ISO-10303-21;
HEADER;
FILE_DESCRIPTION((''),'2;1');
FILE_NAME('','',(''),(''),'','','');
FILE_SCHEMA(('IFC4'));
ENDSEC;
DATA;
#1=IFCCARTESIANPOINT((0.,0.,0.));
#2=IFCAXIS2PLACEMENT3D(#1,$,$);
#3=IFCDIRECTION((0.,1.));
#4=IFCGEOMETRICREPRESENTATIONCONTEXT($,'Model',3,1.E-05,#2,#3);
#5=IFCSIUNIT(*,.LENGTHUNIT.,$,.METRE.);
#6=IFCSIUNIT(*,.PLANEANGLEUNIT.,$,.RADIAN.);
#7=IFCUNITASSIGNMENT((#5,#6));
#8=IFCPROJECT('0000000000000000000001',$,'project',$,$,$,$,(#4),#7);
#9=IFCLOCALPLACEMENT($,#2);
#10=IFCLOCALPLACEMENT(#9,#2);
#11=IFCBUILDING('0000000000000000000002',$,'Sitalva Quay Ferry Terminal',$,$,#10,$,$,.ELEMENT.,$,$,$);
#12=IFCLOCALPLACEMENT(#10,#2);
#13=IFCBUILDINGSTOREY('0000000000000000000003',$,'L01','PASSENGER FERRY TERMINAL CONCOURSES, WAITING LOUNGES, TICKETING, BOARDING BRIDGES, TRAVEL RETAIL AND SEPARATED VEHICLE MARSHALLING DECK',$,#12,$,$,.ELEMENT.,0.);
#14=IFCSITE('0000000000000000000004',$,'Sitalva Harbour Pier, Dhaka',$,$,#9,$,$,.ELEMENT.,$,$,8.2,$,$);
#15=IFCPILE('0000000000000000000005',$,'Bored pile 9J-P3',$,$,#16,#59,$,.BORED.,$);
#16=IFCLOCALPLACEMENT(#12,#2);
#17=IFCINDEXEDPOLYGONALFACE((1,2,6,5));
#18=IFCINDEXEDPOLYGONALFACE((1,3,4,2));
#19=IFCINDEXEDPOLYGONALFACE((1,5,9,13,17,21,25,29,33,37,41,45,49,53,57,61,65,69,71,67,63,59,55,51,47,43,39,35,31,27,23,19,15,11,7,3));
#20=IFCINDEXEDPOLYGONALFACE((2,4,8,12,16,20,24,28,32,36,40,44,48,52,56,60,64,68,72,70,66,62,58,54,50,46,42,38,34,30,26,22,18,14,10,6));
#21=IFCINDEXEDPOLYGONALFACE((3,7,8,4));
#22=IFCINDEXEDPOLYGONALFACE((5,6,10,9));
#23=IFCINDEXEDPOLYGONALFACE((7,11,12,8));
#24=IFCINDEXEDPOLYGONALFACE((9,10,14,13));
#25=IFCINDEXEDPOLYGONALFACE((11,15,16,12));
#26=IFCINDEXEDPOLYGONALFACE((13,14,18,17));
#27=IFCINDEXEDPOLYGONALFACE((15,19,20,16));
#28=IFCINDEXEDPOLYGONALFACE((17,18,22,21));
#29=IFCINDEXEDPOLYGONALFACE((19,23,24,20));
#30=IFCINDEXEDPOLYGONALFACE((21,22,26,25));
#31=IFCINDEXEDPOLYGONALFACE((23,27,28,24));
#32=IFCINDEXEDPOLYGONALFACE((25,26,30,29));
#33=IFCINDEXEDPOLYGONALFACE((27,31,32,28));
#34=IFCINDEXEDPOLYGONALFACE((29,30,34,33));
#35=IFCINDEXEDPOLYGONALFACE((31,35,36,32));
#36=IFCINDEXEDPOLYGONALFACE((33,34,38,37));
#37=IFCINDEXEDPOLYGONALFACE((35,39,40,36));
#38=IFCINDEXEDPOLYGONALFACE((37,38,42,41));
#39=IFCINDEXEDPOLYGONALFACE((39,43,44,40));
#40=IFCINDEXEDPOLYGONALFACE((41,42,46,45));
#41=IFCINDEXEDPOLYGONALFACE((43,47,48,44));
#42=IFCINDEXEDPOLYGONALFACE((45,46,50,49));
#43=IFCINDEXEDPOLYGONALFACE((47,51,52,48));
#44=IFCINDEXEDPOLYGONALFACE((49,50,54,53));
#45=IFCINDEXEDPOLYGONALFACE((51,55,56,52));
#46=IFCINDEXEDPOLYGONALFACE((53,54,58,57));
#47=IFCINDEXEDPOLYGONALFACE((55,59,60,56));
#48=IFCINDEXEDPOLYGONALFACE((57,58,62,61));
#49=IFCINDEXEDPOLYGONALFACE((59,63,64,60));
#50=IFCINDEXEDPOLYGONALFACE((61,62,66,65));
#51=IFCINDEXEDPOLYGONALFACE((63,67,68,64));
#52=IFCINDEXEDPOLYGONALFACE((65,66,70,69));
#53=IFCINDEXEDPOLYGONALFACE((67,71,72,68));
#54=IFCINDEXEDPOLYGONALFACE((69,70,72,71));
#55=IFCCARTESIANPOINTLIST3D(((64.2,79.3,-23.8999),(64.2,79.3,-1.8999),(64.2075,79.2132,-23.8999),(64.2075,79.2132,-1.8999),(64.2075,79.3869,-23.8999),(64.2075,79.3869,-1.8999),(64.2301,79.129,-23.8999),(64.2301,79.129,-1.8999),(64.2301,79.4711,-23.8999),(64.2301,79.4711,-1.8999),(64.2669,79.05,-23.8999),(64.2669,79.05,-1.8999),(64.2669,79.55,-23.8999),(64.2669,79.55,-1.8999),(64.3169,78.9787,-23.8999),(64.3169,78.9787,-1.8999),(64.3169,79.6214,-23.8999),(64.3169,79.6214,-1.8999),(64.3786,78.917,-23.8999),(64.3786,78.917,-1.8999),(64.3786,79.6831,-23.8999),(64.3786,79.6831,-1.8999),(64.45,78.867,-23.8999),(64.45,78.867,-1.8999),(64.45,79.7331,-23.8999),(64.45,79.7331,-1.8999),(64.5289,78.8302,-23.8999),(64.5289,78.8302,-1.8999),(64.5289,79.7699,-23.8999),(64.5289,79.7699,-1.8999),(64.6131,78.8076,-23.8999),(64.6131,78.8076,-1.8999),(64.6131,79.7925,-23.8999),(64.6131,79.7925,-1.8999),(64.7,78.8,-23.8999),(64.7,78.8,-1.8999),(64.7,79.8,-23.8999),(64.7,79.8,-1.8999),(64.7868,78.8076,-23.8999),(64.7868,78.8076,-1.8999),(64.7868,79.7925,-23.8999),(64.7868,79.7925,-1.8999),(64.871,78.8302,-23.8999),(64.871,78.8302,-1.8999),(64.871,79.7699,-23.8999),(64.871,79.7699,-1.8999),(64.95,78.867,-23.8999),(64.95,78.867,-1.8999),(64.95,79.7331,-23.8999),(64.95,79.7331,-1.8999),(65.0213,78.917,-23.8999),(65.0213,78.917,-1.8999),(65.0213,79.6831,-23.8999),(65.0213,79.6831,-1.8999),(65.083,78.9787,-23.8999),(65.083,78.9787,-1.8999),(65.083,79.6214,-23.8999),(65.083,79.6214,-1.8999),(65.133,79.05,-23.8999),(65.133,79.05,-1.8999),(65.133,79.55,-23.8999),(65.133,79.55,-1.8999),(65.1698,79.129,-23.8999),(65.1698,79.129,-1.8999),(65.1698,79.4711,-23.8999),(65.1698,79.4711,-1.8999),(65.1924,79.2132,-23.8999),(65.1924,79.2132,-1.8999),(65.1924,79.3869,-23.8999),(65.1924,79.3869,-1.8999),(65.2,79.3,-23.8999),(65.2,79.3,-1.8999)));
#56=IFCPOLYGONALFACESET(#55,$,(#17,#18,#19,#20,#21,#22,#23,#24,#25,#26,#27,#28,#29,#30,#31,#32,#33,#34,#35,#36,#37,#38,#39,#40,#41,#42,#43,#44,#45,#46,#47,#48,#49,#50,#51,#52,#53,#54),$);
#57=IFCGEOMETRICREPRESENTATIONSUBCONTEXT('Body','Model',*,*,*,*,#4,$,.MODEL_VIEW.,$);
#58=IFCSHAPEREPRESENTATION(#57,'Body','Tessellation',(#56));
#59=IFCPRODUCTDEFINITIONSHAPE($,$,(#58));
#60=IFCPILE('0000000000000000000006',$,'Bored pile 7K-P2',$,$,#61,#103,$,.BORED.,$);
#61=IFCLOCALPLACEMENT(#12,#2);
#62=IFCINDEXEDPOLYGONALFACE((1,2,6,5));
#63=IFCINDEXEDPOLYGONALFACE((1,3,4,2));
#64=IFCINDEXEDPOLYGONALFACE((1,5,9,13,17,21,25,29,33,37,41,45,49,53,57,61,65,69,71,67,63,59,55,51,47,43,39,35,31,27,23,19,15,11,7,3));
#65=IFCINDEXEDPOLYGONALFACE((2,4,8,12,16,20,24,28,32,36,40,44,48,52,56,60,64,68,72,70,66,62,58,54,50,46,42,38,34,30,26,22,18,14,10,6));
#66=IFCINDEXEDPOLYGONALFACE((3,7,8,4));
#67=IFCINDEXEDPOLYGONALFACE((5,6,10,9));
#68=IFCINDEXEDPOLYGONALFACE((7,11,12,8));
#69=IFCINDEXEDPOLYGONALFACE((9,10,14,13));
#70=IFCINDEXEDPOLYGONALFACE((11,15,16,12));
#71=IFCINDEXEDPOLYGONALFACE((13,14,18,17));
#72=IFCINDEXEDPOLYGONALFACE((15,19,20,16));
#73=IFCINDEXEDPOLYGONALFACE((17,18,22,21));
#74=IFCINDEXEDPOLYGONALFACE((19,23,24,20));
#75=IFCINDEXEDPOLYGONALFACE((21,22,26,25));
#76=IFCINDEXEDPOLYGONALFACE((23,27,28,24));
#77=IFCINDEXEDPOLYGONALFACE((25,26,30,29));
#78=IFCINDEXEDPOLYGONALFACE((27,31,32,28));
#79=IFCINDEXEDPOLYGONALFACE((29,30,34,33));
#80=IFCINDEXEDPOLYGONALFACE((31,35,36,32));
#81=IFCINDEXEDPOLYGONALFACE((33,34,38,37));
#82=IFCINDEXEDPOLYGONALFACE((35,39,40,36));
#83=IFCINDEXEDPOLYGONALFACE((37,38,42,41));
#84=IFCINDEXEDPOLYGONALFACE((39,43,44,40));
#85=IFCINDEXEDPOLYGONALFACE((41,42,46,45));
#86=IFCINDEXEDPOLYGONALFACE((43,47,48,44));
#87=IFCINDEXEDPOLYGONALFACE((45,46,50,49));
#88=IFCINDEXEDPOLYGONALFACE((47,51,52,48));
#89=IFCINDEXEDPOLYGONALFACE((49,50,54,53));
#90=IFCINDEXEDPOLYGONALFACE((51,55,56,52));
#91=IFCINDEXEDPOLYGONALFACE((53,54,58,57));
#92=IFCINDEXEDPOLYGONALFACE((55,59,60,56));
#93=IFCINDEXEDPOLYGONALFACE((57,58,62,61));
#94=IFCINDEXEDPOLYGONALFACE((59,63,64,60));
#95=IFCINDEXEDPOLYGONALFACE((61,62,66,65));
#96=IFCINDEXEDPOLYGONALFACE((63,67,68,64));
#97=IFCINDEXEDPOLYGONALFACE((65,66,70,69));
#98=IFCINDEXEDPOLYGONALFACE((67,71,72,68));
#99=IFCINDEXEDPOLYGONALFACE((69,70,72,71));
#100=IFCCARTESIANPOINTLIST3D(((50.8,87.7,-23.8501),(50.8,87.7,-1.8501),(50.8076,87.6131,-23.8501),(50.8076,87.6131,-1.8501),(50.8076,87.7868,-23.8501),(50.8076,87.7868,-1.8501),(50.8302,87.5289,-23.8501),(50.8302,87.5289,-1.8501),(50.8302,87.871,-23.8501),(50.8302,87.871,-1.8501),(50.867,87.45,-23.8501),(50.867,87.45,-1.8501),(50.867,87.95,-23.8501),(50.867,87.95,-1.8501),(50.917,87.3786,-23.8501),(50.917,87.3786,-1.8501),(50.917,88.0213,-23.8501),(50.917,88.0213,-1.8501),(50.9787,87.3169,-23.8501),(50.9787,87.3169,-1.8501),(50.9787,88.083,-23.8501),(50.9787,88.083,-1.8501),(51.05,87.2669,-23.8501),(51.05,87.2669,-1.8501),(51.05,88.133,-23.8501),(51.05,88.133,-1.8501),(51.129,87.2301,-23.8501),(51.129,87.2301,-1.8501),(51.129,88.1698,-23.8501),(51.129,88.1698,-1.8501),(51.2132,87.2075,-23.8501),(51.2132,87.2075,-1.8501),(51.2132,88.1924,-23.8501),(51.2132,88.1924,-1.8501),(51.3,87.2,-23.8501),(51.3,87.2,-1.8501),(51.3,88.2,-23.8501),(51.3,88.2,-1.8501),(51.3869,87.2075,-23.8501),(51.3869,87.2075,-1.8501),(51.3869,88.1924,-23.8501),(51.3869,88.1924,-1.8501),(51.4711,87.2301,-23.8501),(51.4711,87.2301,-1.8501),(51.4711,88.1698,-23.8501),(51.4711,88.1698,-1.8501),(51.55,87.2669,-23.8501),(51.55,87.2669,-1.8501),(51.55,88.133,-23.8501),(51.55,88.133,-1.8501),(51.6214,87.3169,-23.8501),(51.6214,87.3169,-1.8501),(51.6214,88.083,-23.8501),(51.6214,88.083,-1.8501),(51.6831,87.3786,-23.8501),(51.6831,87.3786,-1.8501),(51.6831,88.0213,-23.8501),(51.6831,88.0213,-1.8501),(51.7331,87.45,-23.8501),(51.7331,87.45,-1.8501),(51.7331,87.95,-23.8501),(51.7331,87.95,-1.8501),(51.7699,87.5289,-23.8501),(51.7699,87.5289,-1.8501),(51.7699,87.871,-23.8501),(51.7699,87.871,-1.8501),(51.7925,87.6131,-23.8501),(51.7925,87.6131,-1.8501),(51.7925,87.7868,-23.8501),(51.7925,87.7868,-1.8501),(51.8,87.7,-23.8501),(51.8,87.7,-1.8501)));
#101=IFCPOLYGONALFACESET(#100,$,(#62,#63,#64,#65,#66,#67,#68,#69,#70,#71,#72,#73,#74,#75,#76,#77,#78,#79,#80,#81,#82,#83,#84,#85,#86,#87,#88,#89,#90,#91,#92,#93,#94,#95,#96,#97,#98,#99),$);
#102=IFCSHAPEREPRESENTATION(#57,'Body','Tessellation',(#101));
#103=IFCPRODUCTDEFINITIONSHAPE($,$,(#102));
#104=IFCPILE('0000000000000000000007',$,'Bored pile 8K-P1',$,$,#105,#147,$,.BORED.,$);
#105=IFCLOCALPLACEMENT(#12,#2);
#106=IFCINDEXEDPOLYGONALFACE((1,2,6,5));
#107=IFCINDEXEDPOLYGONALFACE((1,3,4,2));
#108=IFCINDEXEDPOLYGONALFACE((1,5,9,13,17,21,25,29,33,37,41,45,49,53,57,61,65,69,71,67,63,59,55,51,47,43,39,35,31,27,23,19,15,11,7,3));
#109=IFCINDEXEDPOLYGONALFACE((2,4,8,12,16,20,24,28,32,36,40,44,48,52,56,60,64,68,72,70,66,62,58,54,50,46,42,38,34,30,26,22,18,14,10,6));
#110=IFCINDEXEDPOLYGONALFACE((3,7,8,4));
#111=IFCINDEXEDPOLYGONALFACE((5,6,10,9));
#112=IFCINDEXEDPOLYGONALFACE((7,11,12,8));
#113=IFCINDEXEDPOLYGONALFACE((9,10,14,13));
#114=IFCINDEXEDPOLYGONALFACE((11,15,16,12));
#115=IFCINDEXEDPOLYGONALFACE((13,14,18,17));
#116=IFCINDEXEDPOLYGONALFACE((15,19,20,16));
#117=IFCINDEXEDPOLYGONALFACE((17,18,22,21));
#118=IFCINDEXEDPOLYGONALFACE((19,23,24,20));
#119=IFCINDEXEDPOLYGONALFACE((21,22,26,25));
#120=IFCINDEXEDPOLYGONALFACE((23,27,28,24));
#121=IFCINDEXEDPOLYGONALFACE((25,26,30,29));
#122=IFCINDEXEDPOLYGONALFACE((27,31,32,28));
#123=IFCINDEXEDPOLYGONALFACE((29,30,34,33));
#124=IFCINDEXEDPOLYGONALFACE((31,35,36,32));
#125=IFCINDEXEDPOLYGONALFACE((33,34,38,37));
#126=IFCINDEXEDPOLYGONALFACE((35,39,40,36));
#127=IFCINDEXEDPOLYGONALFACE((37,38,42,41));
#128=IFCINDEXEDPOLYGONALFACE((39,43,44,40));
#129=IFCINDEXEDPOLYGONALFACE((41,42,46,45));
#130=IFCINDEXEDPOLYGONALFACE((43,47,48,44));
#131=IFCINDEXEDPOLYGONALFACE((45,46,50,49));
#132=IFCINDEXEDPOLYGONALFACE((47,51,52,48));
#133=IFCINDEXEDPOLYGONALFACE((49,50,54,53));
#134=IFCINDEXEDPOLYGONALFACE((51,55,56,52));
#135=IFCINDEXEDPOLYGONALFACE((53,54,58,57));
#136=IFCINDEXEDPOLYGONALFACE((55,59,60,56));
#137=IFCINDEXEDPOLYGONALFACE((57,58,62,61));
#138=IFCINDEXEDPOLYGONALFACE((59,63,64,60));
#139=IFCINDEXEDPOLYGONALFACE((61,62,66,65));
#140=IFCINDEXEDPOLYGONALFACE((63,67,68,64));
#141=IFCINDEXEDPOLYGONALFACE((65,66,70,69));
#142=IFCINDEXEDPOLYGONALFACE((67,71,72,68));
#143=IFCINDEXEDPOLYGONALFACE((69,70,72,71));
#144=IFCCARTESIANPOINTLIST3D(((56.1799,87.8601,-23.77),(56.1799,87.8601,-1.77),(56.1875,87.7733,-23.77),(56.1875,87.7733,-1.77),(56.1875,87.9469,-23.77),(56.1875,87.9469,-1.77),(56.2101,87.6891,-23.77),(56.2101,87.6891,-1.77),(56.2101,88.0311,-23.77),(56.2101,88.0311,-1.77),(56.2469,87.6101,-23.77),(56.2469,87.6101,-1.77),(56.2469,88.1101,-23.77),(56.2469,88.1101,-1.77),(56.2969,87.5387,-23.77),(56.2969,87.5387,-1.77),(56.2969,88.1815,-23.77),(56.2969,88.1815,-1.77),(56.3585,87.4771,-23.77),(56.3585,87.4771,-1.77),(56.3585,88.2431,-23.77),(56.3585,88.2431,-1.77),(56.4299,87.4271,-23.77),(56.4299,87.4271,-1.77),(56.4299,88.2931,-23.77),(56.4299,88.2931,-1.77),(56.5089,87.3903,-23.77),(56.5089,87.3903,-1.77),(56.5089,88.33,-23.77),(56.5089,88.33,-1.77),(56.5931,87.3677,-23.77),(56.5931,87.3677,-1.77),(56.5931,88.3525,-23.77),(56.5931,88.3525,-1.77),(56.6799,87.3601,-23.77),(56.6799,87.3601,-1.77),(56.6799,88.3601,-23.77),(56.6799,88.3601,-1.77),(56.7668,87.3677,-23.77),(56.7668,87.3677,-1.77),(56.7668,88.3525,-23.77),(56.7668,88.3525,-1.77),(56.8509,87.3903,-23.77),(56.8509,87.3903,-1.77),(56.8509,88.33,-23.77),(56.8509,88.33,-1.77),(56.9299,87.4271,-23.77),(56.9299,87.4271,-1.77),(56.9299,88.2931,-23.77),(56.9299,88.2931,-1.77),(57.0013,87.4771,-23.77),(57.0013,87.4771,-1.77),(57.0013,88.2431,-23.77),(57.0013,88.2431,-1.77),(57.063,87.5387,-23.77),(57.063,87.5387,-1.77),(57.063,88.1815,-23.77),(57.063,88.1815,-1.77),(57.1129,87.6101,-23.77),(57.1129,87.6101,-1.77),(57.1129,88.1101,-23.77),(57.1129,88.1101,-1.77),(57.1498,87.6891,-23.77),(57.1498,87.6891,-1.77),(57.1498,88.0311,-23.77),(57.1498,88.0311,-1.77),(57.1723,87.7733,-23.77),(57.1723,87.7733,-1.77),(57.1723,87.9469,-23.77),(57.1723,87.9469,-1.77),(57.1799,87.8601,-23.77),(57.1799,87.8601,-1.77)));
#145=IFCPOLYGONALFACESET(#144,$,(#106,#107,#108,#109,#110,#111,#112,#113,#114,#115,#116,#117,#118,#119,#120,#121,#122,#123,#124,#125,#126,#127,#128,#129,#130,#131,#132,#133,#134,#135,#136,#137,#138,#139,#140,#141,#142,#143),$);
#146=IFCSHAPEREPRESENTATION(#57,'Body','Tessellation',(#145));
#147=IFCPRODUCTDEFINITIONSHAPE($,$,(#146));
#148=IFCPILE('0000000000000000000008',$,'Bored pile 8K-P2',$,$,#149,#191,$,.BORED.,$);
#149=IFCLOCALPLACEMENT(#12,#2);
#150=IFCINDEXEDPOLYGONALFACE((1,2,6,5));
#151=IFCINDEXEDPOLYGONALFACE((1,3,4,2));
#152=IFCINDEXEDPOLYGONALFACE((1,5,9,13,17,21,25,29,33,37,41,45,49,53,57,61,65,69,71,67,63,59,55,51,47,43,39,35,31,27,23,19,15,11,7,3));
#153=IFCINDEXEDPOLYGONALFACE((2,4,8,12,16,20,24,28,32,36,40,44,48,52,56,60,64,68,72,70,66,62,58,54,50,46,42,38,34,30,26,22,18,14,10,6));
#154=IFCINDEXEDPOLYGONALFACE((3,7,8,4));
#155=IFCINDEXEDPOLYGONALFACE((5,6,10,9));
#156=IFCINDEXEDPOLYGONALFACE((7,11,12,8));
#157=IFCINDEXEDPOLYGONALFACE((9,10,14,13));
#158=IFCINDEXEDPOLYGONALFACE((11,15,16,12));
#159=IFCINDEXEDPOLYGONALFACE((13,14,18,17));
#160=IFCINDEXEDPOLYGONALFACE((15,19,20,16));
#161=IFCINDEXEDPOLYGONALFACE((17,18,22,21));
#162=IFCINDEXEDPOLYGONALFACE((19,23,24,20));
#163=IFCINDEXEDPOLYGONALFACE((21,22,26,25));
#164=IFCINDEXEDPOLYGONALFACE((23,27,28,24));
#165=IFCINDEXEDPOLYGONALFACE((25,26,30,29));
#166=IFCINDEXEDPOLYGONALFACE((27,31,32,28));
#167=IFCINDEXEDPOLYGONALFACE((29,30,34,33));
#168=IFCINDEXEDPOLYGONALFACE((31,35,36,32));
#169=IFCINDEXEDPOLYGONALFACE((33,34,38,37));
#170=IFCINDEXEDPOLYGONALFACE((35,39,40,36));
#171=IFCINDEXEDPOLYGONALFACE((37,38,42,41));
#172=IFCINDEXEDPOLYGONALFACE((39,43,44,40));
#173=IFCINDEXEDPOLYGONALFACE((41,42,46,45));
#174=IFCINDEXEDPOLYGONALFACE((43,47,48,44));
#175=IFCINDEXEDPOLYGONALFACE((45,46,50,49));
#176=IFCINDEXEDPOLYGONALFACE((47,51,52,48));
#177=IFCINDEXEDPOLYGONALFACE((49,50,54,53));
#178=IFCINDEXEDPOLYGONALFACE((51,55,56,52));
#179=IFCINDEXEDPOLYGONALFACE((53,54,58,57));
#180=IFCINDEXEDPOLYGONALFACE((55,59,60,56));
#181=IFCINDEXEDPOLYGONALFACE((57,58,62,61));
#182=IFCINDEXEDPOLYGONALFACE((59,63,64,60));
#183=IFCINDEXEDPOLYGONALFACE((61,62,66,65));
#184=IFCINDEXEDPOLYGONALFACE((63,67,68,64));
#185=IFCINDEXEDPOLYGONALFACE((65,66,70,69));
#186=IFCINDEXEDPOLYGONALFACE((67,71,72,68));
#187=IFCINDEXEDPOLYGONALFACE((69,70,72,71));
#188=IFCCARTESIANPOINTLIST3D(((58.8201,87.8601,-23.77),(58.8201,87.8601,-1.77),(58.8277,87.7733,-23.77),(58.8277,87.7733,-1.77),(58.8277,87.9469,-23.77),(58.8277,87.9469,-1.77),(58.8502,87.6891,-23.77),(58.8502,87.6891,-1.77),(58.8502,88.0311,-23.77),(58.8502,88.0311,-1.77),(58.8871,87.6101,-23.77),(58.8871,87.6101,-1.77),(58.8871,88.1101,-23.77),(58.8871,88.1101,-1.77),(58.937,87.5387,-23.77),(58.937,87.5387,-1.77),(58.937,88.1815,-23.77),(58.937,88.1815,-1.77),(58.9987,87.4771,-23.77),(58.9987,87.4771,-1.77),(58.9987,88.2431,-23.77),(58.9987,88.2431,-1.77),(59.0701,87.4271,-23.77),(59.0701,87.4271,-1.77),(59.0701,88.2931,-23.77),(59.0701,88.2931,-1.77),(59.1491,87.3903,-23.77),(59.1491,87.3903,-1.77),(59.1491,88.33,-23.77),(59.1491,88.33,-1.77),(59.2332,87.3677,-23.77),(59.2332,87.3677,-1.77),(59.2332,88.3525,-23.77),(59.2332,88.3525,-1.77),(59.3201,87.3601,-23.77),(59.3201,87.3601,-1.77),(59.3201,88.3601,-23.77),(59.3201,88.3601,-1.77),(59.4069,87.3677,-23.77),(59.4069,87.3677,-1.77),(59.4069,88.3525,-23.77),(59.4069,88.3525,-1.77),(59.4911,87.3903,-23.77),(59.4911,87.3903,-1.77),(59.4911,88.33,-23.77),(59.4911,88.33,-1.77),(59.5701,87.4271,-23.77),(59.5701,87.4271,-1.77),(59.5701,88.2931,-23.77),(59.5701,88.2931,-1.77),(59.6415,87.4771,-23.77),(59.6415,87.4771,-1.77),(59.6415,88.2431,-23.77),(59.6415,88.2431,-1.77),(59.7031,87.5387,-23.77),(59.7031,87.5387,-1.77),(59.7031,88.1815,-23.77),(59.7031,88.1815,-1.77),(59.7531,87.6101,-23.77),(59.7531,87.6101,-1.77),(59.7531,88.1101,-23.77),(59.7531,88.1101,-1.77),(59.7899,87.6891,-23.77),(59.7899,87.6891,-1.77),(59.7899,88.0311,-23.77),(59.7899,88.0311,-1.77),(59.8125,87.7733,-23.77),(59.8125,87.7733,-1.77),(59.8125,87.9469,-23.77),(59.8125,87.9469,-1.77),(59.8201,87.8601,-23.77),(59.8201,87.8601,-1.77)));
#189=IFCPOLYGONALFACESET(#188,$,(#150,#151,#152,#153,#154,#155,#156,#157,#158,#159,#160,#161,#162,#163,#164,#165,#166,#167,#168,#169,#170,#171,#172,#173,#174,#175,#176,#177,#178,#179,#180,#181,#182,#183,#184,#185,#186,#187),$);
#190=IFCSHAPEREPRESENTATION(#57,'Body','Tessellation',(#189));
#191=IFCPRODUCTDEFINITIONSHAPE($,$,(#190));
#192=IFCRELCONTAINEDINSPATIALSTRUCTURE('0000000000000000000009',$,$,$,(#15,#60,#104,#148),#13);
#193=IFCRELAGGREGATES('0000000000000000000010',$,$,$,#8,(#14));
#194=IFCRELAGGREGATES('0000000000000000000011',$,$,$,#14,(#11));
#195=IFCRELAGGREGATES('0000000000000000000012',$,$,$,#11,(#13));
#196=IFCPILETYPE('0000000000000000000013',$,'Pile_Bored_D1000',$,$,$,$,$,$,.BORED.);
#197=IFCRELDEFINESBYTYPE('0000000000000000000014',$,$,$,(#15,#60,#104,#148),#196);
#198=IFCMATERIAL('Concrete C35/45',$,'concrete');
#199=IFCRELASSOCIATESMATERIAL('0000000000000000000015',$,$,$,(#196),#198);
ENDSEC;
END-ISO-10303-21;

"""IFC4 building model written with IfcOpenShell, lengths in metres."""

from ifc_helpers import new_model, si_unit, direction, frame, origin, origin_2d, place, context, subcontext, project, spatial, circle, extrude, material, material_profile, profile_set, type_object, element, save


model = new_model("IFC4")

# Units and contexts
model_context = context("Model", 3, precision=1e-05, world=origin(), true_north=direction((0.0, 1.0)))
body_context = subcontext(model_context, "Body", "Model", "MODEL_VIEW")
ifc_project = project(units=[si_unit("LENGTHUNIT", "METRE"), si_unit("PLANEANGLEUNIT", "RADIAN")], contexts=[model_context])

# Site, building, storey
site_placement = place(None, origin())
site = spatial("IfcSite", under=ifc_project, at=site_placement, Name="Sitalva Harbour Pier, Dhaka", CompositionType="ELEMENT", RefElevation=8.2)
building_placement = place(site_placement, origin())
building = spatial("IfcBuilding", under=site, at=building_placement, Name="Sitalva Quay Ferry Terminal", CompositionType="ELEMENT")
storey_placement = place(building_placement, origin())
storey = spatial("IfcBuildingStorey", under=building, at=storey_placement, Name="L01", Description="PASSENGER FERRY TERMINAL CONCOURSES, WAITING LOUNGES, TICKETING, BOARDING BRIDGES, TRAVEL RETAIL AND SEPARATED VEHICLE MARSHALLING DECK", CompositionType="ELEMENT", Elevation=0.0)

# Piles
ifc_material_1 = material(Name="Concrete C35/45", Category="concrete")
ifc_material_profile_1 = material_profile(ifc_material_1, circle(Radius=0.5, at=origin_2d()), Name="PILE-D1000")
ifc_profile_set_1 = profile_set([ifc_material_profile_1], Name="Concrete C35/45")
pile_type = type_object("IfcPileType", Name="Pile_Bored_D1000", PredefinedType="BORED", material=ifc_profile_set_1)
for number, where, z_axis, x_axis, name in (
    (1, (64.7, 79.3, -1.8999), (0.0, 0.0, -1.0), (1.0, 0.0, 0.0), "Bored pile 9J-P3"),
    (2, (51.3, 87.7, -1.8501), (0.0, 0.0, -1.0), (1.0, 0.0, 0.0), "Bored pile 7K-P2"),
    (3, (56.6799, 87.8601, -1.77), (0.0, 0.0, -1.0), (1.0, 0.0, 0.0), "Bored pile 8K-P1"),
    (4, (59.3201, 87.8601, -1.77), (0.0, 0.0, -1.0), (1.0, 0.0, 0.0), "Bored pile 8K-P2"),
):
    element("IfcPile", number, at=place(storey_placement, frame(where, z_axis=z_axis, x_axis=x_axis)), inside=storey, type_object=pile_type, Name=name, PredefinedType="BORED", context=body_context, shape_type="SweptSolid", body=[
        extrude(circle(Radius=0.5, at=origin_2d()), origin(), (0.0, 0.0, 1.0), 22.0),
    ])

save(model, "model.ifc")
